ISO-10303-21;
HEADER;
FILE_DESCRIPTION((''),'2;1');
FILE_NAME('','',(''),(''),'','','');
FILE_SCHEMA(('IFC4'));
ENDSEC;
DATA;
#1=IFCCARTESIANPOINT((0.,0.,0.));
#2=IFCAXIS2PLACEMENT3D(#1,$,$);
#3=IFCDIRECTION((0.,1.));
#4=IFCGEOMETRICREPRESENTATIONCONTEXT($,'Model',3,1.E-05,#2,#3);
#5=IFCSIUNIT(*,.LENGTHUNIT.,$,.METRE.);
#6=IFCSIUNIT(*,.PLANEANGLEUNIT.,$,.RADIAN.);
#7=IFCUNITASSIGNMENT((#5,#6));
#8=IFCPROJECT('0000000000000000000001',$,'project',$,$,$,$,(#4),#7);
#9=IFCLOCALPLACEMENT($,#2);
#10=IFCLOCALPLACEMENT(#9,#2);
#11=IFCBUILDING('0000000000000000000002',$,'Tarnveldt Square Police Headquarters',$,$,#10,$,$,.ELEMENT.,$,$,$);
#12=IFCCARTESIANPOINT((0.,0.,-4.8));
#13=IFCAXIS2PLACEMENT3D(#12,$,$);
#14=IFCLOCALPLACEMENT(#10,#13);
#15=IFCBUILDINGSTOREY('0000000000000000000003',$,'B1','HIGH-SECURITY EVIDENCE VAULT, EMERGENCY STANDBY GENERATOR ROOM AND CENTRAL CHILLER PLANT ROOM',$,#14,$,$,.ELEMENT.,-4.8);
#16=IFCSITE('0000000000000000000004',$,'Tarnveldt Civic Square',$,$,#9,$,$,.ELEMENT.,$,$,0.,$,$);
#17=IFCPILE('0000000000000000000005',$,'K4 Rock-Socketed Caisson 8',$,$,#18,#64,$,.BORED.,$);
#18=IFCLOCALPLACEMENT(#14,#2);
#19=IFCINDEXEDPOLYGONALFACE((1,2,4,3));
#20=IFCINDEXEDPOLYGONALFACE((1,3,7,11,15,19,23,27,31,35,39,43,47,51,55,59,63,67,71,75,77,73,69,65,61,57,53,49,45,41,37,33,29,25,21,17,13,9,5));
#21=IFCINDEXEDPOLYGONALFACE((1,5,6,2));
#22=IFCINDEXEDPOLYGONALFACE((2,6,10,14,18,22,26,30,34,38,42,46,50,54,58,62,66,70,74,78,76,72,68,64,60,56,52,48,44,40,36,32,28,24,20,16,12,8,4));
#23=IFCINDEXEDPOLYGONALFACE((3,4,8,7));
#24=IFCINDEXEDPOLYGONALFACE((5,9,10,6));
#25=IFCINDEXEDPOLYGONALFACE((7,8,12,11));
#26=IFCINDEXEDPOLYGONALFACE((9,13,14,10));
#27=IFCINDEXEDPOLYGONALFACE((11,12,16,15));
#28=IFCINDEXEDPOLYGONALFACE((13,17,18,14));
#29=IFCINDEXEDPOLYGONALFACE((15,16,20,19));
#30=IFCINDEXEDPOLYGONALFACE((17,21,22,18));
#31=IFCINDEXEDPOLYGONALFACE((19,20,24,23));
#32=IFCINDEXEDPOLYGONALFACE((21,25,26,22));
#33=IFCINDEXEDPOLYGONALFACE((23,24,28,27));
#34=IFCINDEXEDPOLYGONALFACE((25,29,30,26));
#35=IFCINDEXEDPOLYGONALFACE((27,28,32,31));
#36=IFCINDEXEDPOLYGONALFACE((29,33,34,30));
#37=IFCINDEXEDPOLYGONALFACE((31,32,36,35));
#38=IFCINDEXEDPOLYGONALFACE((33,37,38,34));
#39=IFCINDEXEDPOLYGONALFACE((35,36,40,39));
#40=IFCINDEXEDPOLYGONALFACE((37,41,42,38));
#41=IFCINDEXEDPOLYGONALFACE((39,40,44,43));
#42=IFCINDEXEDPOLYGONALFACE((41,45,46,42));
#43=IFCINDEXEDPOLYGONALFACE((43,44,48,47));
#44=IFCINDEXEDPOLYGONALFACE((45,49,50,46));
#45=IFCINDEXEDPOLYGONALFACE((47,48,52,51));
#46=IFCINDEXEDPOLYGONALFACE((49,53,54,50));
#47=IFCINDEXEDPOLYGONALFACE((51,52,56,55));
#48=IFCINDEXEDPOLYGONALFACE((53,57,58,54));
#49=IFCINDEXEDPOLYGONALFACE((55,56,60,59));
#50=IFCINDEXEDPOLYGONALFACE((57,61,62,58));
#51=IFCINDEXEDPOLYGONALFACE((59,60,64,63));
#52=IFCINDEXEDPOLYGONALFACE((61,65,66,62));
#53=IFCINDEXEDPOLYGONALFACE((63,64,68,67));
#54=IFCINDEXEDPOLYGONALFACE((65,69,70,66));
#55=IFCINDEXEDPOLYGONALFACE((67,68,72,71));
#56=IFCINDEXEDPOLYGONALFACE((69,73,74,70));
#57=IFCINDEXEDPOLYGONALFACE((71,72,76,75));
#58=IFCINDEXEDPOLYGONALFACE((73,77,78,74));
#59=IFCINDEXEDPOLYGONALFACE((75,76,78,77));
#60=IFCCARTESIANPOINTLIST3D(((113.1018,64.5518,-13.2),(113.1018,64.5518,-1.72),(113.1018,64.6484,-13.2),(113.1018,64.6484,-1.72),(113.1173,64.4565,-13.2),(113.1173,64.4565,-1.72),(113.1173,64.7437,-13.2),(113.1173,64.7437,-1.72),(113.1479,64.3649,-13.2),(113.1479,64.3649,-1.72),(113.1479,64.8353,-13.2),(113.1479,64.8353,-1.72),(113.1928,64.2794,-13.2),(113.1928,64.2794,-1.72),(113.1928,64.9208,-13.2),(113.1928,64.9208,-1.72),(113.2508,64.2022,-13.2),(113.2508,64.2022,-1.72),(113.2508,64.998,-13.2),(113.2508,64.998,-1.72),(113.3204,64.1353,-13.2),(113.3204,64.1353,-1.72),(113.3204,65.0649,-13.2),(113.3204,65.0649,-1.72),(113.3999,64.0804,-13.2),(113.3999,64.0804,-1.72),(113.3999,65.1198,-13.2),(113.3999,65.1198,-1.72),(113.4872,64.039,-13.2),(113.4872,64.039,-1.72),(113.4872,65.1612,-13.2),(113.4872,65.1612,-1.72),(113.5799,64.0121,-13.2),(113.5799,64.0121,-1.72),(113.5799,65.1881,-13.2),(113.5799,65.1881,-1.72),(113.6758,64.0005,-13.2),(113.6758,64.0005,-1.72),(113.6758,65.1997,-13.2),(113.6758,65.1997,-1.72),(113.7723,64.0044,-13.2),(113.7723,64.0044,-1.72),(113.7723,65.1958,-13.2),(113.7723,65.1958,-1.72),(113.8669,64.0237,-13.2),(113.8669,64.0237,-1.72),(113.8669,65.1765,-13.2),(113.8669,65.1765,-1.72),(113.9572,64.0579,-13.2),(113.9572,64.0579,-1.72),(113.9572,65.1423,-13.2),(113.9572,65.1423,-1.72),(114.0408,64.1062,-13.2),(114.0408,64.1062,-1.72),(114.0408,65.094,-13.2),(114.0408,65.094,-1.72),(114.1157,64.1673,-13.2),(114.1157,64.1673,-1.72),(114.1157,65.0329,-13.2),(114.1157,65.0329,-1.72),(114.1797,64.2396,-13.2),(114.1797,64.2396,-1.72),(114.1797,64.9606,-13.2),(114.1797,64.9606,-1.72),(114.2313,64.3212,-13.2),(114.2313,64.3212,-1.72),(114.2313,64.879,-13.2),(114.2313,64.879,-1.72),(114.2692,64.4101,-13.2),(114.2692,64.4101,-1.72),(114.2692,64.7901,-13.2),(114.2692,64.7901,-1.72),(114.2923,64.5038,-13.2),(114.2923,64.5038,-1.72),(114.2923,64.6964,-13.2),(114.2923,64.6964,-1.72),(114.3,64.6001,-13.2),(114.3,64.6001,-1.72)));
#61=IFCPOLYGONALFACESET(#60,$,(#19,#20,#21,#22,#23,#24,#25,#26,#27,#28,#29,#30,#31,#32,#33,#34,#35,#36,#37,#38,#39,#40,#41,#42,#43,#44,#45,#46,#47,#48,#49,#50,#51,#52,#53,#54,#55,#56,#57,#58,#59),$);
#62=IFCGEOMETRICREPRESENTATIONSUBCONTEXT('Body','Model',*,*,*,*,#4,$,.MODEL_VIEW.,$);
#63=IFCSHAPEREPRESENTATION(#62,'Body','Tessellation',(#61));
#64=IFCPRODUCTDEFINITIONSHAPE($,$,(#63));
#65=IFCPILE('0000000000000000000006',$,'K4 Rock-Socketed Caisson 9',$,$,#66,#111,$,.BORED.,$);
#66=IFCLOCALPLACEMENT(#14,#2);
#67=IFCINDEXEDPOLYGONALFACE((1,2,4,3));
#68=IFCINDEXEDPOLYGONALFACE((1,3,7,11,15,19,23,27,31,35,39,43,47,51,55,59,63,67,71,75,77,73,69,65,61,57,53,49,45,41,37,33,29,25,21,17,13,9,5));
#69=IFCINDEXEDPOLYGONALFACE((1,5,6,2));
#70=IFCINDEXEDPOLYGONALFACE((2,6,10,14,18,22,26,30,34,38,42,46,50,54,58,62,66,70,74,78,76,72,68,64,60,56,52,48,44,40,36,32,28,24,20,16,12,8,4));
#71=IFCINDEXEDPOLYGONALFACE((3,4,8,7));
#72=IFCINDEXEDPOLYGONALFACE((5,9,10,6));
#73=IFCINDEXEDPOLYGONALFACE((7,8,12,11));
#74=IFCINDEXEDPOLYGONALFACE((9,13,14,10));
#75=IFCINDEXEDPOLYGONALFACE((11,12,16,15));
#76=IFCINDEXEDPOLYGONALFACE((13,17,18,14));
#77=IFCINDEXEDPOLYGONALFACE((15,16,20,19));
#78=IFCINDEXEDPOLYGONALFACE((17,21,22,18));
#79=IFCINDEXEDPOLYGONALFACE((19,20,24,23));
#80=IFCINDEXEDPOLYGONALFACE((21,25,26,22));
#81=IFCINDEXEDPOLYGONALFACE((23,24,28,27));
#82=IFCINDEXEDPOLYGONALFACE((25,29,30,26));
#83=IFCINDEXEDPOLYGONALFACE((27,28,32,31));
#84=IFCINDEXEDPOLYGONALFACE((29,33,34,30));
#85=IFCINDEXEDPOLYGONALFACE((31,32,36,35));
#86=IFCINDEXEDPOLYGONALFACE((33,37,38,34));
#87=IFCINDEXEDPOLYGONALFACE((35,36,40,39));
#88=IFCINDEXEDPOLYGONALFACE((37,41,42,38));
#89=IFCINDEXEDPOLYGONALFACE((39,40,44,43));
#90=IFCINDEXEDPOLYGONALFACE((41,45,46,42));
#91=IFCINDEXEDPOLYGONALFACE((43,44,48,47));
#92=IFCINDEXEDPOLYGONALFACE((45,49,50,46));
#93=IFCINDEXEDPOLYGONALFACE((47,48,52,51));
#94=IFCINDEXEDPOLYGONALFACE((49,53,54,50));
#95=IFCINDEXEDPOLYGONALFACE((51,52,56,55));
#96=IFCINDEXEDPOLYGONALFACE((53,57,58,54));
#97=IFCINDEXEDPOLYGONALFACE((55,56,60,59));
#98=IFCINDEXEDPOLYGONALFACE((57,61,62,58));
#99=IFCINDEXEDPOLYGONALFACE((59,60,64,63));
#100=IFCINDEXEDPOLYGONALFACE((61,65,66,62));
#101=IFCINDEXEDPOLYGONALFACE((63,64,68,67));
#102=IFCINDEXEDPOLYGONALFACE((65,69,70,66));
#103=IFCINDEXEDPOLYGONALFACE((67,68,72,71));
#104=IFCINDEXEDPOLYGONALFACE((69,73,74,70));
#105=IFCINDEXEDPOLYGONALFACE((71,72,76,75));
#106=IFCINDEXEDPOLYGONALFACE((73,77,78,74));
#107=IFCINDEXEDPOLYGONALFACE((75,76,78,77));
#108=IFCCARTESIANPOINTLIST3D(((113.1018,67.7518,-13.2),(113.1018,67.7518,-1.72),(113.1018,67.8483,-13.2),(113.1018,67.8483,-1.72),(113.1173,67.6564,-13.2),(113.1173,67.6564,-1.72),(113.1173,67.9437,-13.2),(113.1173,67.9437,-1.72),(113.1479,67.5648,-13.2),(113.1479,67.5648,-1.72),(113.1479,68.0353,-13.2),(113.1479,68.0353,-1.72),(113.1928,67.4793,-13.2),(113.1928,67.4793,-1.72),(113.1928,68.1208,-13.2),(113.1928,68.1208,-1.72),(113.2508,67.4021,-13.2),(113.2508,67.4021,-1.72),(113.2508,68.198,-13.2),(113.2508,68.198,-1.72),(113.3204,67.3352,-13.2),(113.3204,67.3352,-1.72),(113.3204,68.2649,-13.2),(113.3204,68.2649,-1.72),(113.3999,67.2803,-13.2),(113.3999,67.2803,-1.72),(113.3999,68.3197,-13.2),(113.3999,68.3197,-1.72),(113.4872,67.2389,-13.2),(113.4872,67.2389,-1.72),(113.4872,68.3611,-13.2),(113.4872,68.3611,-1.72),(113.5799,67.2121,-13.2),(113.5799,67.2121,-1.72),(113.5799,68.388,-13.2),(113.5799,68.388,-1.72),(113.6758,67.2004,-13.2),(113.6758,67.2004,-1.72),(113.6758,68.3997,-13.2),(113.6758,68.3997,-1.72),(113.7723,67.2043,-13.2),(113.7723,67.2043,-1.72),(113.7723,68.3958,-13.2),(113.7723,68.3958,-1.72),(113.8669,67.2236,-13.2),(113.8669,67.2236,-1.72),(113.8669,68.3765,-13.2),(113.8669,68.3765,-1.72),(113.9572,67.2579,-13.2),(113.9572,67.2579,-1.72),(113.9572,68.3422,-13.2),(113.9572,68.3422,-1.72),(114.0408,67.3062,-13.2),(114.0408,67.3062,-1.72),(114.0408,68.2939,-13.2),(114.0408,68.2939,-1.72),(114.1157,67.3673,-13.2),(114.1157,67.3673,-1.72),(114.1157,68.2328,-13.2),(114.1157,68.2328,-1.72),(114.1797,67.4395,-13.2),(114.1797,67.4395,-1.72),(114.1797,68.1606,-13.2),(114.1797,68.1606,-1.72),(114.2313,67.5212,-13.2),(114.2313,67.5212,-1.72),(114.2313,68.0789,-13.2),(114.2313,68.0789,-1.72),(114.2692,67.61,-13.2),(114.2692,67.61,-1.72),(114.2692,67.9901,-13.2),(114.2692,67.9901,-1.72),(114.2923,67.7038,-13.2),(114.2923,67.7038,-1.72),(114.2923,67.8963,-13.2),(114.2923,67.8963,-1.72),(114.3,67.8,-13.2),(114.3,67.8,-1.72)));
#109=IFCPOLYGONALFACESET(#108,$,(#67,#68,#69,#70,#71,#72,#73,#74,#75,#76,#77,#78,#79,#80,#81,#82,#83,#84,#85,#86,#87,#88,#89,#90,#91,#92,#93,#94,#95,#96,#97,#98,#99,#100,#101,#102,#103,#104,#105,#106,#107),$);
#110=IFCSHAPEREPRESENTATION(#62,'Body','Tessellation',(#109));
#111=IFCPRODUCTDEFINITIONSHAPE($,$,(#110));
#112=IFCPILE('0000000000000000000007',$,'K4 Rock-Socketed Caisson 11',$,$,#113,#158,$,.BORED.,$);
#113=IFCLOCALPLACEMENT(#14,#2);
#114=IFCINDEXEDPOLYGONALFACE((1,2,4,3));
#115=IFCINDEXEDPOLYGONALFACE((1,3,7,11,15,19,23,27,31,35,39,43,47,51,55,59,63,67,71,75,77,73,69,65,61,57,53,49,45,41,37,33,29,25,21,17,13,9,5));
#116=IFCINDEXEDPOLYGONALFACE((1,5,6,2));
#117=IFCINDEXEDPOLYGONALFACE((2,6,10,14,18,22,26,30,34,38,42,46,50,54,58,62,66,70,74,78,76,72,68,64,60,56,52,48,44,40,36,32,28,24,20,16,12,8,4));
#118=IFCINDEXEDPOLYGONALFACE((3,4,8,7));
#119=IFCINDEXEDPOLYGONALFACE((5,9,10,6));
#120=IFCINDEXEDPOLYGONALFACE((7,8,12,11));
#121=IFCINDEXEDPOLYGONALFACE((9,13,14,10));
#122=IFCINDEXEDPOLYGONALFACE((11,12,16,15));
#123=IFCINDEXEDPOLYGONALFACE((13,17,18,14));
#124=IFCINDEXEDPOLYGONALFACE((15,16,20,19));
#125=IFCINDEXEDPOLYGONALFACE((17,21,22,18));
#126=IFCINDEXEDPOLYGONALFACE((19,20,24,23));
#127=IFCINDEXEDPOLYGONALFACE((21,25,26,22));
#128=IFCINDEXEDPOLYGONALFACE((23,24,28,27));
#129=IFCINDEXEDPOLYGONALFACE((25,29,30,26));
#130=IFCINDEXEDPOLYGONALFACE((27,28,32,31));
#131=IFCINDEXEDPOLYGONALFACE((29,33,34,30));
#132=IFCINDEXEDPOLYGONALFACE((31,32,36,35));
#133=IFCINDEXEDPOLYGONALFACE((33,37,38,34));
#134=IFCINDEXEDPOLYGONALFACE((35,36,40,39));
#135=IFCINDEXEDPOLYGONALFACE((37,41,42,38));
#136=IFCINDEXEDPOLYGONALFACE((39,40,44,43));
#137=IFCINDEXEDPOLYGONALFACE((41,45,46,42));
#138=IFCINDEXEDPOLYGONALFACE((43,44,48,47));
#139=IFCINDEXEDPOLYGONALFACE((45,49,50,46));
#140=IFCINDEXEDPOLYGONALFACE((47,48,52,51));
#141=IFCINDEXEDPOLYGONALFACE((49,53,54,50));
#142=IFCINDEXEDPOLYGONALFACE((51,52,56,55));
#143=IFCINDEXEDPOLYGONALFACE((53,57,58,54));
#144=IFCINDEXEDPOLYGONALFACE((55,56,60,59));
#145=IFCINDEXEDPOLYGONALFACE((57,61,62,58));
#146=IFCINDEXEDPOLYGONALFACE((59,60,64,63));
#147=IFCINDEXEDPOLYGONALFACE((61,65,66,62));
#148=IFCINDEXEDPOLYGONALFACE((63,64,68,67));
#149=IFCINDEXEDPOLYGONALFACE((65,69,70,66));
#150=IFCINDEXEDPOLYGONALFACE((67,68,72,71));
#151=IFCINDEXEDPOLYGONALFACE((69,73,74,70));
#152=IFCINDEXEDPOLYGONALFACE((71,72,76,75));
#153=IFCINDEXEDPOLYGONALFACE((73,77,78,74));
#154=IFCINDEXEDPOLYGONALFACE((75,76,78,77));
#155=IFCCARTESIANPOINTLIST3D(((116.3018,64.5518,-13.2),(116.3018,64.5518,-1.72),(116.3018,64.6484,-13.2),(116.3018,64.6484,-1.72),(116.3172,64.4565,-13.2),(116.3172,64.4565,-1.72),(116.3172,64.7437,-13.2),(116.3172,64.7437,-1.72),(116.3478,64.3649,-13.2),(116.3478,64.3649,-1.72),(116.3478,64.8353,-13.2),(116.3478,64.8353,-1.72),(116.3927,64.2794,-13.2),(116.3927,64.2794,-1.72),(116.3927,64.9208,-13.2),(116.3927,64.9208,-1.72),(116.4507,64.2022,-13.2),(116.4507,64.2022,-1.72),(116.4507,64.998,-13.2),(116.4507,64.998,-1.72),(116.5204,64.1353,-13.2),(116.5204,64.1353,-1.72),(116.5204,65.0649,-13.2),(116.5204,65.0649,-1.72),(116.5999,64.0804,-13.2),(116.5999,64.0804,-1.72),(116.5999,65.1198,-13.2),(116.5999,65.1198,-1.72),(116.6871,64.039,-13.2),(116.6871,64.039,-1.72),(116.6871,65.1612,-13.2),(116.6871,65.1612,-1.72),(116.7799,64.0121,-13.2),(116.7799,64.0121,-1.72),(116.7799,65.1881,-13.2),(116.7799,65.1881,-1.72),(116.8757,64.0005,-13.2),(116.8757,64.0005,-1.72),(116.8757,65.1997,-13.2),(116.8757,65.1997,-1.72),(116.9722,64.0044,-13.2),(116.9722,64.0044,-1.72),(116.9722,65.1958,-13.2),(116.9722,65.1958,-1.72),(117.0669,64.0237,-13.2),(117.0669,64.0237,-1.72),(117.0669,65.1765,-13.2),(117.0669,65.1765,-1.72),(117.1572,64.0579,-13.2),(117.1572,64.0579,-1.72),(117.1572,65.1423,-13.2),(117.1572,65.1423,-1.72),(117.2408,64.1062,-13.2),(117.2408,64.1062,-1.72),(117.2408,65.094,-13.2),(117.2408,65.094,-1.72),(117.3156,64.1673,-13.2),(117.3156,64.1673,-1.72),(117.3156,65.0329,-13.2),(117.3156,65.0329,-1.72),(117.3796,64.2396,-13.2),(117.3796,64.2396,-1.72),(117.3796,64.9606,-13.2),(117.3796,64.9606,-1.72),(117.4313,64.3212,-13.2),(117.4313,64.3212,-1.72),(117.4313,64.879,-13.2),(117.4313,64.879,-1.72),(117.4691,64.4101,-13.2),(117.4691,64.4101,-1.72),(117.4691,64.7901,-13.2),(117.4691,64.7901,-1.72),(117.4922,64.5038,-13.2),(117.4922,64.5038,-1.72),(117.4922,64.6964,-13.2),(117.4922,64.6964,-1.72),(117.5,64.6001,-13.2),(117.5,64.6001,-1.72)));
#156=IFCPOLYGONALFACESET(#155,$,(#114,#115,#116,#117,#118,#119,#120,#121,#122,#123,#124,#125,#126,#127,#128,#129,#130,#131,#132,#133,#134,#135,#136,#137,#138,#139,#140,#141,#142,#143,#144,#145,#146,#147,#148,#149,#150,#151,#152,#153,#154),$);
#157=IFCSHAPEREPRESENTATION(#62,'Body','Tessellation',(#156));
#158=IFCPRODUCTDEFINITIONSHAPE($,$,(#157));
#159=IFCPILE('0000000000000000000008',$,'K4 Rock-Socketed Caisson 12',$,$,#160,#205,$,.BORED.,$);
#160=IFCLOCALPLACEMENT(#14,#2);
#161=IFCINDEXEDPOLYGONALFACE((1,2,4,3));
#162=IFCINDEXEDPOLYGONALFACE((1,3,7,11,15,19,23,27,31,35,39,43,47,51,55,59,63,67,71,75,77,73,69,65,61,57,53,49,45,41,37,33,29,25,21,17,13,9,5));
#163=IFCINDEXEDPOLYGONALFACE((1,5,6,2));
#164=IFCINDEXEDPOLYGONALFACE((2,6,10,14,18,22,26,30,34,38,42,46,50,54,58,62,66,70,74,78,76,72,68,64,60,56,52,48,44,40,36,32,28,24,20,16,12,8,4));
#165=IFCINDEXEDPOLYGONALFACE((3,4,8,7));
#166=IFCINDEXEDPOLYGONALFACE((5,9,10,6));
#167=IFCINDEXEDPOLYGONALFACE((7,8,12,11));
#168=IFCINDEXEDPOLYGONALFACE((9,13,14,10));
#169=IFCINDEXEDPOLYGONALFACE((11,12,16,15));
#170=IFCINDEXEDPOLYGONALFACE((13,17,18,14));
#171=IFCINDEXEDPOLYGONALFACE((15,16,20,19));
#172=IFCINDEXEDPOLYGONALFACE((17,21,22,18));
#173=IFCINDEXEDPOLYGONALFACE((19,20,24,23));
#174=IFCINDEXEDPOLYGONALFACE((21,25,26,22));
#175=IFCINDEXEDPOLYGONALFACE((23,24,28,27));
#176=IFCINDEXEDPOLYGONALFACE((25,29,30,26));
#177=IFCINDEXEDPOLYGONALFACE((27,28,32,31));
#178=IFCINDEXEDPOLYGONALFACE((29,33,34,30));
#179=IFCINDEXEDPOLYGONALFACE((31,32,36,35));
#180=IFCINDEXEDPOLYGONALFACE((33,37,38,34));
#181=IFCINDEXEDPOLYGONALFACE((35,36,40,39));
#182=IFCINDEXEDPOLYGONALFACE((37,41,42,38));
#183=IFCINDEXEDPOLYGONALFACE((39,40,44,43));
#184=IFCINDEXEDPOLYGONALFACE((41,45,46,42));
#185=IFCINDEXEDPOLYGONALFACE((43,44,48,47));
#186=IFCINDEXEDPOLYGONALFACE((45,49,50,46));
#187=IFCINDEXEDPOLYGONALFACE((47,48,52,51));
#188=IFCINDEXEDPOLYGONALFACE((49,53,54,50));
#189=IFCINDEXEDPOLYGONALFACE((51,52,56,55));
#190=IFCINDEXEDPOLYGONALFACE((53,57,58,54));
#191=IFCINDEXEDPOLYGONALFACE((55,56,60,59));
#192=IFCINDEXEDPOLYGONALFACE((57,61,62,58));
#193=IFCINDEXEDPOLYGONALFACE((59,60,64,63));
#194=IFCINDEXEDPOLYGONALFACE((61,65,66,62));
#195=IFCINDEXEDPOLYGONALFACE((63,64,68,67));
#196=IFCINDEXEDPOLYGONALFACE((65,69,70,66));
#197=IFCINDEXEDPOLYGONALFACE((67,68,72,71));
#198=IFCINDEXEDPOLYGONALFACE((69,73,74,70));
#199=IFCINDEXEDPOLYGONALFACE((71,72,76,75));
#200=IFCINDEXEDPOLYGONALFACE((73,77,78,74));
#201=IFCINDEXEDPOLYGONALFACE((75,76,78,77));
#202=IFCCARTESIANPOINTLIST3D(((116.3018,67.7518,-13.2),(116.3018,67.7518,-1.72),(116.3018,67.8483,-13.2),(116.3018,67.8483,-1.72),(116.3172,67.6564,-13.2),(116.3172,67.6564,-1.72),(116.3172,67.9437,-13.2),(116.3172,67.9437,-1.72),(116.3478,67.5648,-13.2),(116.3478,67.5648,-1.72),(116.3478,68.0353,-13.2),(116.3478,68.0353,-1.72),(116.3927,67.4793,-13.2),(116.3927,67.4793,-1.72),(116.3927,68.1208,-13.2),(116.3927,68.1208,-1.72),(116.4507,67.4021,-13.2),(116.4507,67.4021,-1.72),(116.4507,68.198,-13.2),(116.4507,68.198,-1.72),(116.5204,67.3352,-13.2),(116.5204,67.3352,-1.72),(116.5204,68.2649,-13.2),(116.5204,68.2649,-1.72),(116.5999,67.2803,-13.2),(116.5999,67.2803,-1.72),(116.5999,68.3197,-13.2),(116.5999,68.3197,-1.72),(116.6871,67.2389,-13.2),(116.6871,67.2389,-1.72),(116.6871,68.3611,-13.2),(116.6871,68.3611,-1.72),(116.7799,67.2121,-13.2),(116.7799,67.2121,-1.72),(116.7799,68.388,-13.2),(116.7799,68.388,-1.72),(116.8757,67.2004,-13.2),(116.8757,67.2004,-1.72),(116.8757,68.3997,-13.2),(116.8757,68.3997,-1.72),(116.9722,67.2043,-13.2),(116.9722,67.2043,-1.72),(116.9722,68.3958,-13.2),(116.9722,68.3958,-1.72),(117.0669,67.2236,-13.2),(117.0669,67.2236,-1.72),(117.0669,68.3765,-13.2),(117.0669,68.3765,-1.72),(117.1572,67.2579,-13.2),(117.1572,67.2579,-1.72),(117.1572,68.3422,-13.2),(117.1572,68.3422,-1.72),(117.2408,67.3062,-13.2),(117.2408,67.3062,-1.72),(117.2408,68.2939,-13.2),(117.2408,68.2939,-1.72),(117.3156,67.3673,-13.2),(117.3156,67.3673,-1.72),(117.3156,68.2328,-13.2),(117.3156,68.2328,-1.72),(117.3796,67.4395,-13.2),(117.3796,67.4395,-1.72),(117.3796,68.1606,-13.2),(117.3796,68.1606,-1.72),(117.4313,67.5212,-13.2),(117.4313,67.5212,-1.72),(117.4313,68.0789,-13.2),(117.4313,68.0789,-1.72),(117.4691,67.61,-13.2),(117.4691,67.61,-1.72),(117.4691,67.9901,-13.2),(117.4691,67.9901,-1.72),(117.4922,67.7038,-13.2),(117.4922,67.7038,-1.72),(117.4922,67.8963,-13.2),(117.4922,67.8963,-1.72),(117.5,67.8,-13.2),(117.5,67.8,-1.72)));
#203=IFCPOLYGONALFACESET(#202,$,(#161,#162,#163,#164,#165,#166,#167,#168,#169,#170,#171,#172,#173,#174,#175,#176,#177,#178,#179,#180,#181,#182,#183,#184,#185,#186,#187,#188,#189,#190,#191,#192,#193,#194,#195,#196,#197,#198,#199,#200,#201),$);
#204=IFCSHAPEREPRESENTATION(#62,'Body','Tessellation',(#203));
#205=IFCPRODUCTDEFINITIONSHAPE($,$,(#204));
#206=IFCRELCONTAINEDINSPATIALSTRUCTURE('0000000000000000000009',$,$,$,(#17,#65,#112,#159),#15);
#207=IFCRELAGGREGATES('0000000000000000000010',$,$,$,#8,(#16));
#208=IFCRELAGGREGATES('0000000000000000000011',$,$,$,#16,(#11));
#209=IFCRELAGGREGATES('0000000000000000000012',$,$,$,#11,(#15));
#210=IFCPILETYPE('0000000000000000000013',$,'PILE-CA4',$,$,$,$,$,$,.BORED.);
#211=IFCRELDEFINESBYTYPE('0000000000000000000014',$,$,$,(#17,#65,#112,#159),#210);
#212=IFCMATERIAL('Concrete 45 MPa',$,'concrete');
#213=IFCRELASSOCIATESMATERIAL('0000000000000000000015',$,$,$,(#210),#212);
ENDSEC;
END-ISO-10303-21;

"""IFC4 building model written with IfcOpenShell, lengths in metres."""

from ifc_helpers import new_model, si_unit, direction, frame, origin, origin_2d, place, context, subcontext, project, spatial, circle, extrude, material, material_profile, profile_set, type_object, element, save


model = new_model("IFC4")

# Units and contexts
model_context = context("Model", 3, precision=1e-05, world=origin(), true_north=direction((0.0, 1.0)))
body_context = subcontext(model_context, "Body", "Model", "MODEL_VIEW")
ifc_project = project(units=[si_unit("LENGTHUNIT", "METRE"), si_unit("PLANEANGLEUNIT", "RADIAN")], contexts=[model_context])

# Site, building, storey
site_placement = place(None, origin())
site = spatial("IfcSite", under=ifc_project, at=site_placement, Name="Tarnveldt Civic Square", CompositionType="ELEMENT", RefElevation=0.0)
building_placement = place(site_placement, origin())
building = spatial("IfcBuilding", under=site, at=building_placement, Name="Tarnveldt Square Police Headquarters", CompositionType="ELEMENT")
storey_placement = place(building_placement, frame((0.0, 0.0, -4.8)))
storey = spatial("IfcBuildingStorey", under=building, at=storey_placement, Name="B1", Description="HIGH-SECURITY EVIDENCE VAULT, EMERGENCY STANDBY GENERATOR ROOM AND CENTRAL CHILLER PLANT ROOM", CompositionType="ELEMENT", Elevation=-4.8)

# Shared definitions
ifc_material_1 = material(Name="Concrete 45 MPa", Category="concrete")

# Piles
ifc_material_profile_1 = material_profile(ifc_material_1, circle(Radius=0.6001, at=origin_2d()), Name="CAISSON-D1200")
ifc_profile_set_1 = profile_set([ifc_material_profile_1], Name="Concrete 45 MPa")
pile_type_1 = type_object("IfcPileType", Name="PILE-CA4", PredefinedType="BORED", material=ifc_profile_set_1)
for number, where, z_axis, x_axis, name in (
    (1, (113.7, 64.6001, -1.72), (0.0, 0.0, -1.0), (1.0, 0.0, 0.0), "K4 Rock-Socketed Caisson 8"),
    (2, (113.7, 67.8, -1.72), (0.0, 0.0, -1.0), (1.0, 0.0, 0.0), "K4 Rock-Socketed Caisson 9"),
    (3, (116.8999, 64.6001, -1.72), (0.0, 0.0, -1.0), (1.0, 0.0, 0.0), "K4 Rock-Socketed Caisson 11"),
    (4, (116.8999, 67.8, -1.72), (0.0, 0.0, -1.0), (1.0, 0.0, 0.0), "K4 Rock-Socketed Caisson 12"),
):
    element("IfcPile", number, at=place(storey_placement, frame(where, z_axis=z_axis, x_axis=x_axis)), inside=storey, type_object=pile_type_1, Name=name, PredefinedType="BORED", context=body_context, shape_type="SweptSolid", body=[
        extrude(circle(Radius=0.6001, at=origin_2d()), origin(), (0.0, 0.0, 1.0), 11.48),
    ])

save(model, "model.ifc")
